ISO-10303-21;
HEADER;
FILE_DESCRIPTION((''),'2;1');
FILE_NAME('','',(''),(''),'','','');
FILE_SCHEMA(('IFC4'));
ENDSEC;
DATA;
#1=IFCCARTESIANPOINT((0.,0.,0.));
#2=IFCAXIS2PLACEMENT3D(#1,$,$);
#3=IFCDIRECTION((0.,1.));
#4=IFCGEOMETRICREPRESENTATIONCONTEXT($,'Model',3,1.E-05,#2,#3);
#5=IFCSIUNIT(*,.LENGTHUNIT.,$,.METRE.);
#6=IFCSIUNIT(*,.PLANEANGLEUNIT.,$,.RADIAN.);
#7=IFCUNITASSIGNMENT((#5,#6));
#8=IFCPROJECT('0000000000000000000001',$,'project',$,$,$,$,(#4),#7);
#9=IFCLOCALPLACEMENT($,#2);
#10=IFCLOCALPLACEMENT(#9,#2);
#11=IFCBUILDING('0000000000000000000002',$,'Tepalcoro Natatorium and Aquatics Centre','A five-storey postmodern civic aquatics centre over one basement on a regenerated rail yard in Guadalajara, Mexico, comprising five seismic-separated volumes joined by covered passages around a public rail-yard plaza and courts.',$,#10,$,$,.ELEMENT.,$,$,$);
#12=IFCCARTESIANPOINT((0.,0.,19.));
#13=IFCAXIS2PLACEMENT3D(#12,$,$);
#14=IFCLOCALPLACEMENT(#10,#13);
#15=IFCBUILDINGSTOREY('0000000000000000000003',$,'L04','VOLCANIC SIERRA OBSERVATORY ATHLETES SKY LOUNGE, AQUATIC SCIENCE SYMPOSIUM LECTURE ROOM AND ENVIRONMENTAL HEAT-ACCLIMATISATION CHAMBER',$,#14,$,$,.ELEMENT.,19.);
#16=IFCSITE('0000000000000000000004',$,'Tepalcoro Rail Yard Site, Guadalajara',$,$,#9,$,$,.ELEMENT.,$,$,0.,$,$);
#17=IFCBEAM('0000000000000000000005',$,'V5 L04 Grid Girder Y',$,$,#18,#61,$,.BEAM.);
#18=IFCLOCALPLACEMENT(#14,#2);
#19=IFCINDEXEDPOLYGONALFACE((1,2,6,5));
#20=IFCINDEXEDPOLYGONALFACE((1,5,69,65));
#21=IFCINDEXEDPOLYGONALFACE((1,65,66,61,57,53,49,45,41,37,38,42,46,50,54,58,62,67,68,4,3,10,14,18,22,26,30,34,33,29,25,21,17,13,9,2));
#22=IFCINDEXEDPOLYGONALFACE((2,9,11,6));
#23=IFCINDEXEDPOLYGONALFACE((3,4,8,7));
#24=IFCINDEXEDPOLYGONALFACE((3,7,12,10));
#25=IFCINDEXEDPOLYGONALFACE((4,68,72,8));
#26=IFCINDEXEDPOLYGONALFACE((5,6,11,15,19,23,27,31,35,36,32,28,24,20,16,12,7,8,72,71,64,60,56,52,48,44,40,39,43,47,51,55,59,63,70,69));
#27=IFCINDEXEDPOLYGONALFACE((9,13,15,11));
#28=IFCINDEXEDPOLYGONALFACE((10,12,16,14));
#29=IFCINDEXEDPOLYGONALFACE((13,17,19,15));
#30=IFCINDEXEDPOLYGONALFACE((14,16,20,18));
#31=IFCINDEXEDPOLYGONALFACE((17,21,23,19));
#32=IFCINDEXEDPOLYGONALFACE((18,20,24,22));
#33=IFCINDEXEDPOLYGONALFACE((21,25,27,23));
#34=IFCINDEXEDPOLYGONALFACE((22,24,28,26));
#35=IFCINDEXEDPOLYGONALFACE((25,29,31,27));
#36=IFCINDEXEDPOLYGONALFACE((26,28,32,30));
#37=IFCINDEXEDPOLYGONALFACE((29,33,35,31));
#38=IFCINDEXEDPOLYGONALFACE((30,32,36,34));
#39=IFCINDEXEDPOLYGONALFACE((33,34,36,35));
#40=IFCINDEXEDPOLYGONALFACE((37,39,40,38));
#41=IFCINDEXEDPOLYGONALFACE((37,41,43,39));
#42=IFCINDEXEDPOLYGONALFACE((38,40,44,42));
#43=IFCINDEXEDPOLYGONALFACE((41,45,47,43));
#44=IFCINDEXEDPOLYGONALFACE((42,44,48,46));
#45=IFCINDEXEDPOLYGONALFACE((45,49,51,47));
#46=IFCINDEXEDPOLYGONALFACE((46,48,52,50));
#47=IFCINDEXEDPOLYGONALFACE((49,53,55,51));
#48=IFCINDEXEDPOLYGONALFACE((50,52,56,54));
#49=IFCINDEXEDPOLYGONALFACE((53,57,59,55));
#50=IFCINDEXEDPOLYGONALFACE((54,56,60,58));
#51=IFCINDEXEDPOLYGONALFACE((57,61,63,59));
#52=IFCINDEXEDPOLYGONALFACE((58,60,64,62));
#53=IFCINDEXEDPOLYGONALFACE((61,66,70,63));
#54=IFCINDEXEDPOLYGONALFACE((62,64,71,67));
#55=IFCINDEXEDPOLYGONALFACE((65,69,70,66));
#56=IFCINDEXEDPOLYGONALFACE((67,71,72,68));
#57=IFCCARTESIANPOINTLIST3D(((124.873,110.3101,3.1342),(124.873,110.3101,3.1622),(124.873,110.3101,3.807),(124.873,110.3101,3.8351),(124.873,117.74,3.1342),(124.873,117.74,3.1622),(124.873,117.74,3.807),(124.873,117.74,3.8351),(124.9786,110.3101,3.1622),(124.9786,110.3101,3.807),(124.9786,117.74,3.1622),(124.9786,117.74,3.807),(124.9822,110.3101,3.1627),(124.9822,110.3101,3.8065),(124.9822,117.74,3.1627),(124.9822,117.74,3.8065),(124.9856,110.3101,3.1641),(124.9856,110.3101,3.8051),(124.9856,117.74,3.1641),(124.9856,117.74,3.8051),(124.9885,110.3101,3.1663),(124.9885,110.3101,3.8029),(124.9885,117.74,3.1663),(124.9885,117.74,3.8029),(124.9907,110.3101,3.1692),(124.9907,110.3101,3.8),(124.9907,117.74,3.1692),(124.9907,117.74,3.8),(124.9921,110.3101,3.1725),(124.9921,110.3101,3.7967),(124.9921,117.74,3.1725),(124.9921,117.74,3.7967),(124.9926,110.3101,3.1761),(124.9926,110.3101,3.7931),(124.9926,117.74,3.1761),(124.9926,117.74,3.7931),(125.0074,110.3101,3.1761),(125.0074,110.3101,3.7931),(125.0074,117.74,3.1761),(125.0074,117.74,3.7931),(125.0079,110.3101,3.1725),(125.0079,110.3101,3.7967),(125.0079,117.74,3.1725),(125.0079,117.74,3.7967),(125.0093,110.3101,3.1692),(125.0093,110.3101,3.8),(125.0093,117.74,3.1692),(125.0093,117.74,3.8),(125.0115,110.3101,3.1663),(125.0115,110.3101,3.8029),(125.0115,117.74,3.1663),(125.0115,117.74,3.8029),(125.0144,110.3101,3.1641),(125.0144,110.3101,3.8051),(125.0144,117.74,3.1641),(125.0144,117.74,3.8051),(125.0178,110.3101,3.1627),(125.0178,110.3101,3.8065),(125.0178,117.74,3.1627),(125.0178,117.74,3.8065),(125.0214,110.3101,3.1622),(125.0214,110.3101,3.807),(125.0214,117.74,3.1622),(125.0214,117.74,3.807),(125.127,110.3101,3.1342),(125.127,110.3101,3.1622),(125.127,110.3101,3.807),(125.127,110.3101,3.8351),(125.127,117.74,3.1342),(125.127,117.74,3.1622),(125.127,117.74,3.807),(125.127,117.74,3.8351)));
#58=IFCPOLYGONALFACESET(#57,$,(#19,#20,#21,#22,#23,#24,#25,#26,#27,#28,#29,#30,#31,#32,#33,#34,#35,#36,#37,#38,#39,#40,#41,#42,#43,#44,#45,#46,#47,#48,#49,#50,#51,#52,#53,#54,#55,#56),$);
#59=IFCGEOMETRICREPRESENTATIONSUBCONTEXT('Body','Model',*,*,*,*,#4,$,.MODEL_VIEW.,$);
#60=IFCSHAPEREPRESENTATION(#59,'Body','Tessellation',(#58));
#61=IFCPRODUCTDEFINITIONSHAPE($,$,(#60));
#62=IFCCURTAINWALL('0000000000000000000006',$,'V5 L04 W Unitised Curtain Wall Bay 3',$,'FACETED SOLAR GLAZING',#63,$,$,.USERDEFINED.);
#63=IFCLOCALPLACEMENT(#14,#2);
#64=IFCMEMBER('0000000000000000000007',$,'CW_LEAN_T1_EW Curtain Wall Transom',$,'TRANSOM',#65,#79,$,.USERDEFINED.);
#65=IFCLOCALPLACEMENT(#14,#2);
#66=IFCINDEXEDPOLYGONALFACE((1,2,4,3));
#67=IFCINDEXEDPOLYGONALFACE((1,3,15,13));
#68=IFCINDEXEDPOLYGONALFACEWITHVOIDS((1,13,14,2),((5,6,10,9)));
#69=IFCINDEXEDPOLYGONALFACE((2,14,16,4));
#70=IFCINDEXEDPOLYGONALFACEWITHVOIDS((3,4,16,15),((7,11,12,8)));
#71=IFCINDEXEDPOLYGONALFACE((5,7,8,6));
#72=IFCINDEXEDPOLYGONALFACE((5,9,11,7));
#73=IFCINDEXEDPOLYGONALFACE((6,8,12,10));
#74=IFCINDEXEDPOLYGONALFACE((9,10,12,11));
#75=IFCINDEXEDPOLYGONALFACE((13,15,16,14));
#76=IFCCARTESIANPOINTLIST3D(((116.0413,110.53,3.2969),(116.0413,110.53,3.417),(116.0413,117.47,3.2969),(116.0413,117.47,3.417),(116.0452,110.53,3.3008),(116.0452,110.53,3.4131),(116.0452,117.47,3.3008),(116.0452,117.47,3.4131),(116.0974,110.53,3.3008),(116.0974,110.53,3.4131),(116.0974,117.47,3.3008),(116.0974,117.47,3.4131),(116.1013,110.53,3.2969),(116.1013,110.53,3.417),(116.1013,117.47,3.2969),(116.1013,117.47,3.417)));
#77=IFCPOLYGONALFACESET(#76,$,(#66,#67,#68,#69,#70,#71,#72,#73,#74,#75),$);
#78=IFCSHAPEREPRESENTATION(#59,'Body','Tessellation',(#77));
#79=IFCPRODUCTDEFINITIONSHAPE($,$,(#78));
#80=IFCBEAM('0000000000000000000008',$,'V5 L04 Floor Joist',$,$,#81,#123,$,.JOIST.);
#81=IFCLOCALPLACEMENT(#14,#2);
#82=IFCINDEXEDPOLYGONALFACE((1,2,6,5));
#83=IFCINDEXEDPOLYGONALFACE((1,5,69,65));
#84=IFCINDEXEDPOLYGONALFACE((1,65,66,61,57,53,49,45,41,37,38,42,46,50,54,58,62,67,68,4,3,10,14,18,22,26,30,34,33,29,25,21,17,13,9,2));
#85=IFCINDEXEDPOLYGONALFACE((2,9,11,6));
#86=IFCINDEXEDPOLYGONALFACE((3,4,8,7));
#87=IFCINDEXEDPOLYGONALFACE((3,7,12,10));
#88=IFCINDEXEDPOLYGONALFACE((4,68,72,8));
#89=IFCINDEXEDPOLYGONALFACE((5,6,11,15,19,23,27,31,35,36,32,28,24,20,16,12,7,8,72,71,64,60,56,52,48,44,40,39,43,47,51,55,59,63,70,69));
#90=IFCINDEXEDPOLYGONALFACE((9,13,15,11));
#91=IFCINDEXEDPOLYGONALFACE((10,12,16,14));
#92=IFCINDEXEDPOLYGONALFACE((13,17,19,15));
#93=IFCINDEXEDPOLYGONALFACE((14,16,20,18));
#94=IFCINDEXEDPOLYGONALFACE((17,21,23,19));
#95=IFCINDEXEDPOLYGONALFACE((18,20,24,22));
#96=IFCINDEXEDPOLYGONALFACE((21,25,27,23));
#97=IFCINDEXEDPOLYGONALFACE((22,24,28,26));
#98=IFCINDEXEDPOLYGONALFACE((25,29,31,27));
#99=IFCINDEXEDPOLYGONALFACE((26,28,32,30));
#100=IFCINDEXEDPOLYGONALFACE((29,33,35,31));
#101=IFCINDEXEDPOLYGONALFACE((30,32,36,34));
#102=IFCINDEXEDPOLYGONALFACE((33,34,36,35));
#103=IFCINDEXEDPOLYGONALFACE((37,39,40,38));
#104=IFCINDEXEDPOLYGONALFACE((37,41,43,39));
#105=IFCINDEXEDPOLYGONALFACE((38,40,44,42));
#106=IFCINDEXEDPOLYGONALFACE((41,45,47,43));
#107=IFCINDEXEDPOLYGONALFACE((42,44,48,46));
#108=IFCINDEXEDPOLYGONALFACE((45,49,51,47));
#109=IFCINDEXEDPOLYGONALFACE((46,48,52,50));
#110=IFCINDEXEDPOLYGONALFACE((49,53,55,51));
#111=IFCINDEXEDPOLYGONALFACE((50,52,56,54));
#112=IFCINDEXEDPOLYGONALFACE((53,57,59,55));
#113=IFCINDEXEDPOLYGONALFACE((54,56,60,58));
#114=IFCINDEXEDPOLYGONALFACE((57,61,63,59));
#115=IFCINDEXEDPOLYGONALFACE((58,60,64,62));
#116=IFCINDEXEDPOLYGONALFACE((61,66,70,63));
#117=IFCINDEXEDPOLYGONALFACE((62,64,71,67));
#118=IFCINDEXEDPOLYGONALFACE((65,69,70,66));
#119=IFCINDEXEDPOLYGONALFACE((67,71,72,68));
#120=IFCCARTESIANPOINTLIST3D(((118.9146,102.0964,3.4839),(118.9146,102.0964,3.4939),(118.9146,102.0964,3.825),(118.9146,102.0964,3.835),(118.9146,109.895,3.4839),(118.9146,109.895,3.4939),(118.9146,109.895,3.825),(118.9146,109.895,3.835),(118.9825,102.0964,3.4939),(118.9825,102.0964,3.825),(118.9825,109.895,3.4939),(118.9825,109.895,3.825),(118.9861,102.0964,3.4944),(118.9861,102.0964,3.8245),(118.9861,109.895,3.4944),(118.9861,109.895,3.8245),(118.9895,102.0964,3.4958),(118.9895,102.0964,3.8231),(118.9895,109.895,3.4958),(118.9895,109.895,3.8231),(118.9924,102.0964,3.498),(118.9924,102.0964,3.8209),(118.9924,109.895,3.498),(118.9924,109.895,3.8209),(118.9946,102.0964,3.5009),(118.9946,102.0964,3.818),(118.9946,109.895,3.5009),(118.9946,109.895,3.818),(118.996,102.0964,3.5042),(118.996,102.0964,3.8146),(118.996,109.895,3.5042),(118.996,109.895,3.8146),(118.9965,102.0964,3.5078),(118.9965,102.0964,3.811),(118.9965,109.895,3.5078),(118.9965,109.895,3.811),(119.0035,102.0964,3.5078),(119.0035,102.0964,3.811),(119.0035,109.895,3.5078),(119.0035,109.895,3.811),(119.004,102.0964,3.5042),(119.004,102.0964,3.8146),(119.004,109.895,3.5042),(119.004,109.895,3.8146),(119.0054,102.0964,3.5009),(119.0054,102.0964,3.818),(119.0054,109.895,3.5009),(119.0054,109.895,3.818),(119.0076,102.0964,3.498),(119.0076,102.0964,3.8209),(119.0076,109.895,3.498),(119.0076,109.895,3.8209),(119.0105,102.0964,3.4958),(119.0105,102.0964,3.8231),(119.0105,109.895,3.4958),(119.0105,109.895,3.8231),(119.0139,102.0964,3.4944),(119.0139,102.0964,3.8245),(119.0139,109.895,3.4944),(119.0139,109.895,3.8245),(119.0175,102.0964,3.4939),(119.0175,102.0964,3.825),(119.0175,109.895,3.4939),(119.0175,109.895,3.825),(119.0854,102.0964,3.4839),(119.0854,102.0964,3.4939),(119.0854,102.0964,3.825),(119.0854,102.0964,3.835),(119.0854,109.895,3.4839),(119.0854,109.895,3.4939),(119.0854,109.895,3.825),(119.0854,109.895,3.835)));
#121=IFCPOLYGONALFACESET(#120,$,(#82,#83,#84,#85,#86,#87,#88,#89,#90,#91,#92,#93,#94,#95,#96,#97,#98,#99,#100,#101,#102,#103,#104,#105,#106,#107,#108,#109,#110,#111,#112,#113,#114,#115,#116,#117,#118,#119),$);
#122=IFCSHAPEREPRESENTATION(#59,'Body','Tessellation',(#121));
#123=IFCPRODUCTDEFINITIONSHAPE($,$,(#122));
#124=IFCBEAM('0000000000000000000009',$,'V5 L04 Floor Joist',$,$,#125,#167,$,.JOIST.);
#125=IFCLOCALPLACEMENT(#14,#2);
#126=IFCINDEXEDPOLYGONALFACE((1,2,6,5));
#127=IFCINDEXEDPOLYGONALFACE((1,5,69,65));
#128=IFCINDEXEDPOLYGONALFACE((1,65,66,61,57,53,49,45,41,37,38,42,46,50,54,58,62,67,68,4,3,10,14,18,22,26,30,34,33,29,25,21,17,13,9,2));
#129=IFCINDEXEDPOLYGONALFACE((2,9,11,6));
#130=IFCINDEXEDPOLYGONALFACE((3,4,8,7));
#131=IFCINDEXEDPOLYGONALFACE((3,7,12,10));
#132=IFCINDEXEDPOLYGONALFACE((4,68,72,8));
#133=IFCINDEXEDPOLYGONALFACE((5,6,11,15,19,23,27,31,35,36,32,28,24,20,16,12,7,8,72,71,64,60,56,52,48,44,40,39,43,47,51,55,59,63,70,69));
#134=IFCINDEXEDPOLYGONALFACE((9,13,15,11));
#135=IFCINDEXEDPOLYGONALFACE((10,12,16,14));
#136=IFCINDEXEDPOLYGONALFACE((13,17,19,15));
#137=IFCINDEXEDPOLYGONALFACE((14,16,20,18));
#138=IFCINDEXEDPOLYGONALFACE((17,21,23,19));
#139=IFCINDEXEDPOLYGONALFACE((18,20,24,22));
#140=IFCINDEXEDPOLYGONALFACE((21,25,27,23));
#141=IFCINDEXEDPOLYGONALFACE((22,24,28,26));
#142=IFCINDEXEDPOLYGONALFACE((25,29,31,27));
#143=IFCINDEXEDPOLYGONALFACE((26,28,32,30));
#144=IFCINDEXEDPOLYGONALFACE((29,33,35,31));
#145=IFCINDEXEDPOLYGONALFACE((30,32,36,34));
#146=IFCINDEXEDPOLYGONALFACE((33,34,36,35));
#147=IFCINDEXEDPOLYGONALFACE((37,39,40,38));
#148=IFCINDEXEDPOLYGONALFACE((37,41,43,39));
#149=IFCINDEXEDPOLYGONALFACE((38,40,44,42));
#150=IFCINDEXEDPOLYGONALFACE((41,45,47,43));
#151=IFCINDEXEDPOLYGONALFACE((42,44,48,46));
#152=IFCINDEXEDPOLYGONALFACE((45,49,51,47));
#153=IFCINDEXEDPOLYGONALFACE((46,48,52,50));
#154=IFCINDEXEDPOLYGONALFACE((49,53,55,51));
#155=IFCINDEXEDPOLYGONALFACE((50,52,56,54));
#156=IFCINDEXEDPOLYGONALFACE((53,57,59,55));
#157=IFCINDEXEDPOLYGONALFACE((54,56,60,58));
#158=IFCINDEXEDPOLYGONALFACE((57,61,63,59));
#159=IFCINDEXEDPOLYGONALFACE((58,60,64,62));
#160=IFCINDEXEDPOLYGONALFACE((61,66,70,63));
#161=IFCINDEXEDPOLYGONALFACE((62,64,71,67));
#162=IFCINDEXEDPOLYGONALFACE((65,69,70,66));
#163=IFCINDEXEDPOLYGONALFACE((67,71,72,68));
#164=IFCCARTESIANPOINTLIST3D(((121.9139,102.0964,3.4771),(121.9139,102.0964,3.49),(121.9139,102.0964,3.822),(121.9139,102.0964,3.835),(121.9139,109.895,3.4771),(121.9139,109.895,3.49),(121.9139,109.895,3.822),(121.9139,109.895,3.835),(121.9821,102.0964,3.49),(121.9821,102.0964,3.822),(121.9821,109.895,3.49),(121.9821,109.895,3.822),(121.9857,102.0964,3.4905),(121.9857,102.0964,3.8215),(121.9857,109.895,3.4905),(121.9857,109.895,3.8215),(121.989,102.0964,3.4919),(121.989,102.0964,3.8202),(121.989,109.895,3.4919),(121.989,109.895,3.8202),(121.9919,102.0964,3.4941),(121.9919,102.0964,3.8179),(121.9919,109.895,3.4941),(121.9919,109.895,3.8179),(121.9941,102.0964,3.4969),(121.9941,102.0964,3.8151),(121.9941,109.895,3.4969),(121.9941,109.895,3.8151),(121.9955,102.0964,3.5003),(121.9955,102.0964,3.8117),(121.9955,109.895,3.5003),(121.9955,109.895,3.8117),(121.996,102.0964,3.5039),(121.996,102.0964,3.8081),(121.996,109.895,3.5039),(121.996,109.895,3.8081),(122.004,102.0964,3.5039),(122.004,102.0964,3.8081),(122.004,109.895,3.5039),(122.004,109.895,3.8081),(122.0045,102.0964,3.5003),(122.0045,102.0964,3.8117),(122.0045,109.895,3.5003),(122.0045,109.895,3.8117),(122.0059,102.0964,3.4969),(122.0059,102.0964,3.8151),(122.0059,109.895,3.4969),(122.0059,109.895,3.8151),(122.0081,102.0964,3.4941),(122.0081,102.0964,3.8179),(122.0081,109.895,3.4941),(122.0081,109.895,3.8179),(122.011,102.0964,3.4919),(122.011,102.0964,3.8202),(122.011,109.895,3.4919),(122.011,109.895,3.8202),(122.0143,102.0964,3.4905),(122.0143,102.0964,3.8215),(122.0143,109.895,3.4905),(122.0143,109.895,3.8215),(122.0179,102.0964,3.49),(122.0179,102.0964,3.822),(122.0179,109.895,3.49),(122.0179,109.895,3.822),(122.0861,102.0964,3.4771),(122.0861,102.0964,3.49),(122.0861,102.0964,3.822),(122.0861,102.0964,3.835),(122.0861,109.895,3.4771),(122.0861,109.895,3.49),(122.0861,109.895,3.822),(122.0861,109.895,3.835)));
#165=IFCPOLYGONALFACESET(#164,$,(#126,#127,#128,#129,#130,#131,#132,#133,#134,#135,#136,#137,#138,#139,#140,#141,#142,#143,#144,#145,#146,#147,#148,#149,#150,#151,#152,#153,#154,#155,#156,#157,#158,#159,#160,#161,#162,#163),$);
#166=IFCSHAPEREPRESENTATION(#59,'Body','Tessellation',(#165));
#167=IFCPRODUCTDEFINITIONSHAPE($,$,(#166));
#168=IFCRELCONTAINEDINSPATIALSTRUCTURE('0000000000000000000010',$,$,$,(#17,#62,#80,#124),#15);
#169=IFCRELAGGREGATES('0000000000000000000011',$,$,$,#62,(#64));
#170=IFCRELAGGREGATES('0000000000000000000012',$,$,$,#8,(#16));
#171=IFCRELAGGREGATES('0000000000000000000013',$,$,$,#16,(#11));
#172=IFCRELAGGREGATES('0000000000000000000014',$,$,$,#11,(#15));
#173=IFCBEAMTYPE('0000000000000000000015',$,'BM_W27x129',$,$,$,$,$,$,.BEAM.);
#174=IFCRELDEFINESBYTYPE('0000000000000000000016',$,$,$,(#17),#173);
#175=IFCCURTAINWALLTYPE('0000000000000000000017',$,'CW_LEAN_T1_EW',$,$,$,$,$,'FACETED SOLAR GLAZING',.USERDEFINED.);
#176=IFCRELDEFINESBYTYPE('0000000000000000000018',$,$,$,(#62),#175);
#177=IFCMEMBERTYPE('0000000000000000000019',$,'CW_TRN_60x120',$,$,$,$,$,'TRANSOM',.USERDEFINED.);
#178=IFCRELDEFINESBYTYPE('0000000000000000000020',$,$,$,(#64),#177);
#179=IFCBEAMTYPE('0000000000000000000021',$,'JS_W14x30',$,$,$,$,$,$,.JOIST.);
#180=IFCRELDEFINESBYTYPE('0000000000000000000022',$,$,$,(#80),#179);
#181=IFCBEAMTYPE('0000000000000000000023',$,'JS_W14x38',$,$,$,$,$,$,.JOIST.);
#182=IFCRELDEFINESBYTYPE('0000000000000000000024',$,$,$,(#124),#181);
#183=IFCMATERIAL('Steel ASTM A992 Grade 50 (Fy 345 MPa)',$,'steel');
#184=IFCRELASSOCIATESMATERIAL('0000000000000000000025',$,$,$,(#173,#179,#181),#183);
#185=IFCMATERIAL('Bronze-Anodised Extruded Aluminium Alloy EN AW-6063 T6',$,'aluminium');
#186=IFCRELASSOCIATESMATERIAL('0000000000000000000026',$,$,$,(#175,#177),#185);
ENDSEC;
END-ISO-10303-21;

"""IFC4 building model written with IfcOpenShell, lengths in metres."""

from ifc_helpers import new_model, si_unit, direction, frame, origin, origin_2d, place, context, subcontext, project, spatial, hollow_rectangle, i_section, extrude, material, material_profile, profile_set, type_object, element, aggregate, save


model = new_model("IFC4")

# Units and contexts
model_context = context("Model", 3, precision=1e-05, world=origin(), true_north=direction((0.0, 1.0)))
body_context = subcontext(model_context, "Body", "Model", "MODEL_VIEW")
ifc_project = project(units=[si_unit("LENGTHUNIT", "METRE"), si_unit("PLANEANGLEUNIT", "RADIAN")], contexts=[model_context])

# Site, building, storey
site_placement = place(None, origin())
site = spatial("IfcSite", under=ifc_project, at=site_placement, Name="Tepalcoro Rail Yard Site, Guadalajara", CompositionType="ELEMENT", RefElevation=0.0)
building_placement = place(site_placement, origin())
building = spatial("IfcBuilding", under=site, at=building_placement, Name="Tepalcoro Natatorium and Aquatics Centre", Description="A five-storey postmodern civic aquatics centre over one basement on a regenerated rail yard in Guadalajara, Mexico, comprising five seismic-separated volumes joined by covered passages around a public rail-yard plaza and courts.", CompositionType="ELEMENT")
storey_placement = place(building_placement, frame((0.0, 0.0, 19.0)))
storey = spatial("IfcBuildingStorey", under=building, at=storey_placement, Name="L04", Description="VOLCANIC SIERRA OBSERVATORY ATHLETES SKY LOUNGE, AQUATIC SCIENCE SYMPOSIUM LECTURE ROOM AND ENVIRONMENTAL HEAT-ACCLIMATISATION CHAMBER", CompositionType="ELEMENT", Elevation=19.0)

# Beam
ifc_material_1 = material(Name="Steel ASTM A992 Grade 50 (Fy 345 MPa)", Category="steel")
ifc_material_profile_1 = material_profile(ifc_material_1, i_section(OverallWidth=0.2539, OverallDepth=0.7009, WebThickness=0.0149, FlangeThickness=0.0281, FilletRadius=0.0139, at=origin_2d()), Name="W27X129")
ifc_profile_set_1 = profile_set([ifc_material_profile_1], Name="Steel ASTM A992 Grade 50 (Fy 345 MPa)")
beam_type_1 = type_object("IfcBeamType", Name="BM_W27x129", PredefinedType="BEAM", material=ifc_profile_set_1)
beam_1_placement = place(storey_placement, frame((125.0, 110.3101, 3.4846), z_axis=(0.0, 1.0, 0.0), x_axis=(-1.0, 0.0, 0.0)))
element("IfcBeam", 1, at=beam_1_placement, inside=storey, type_object=beam_type_1, Name="V5 L04 Grid Girder Y", PredefinedType="BEAM", context=body_context, shape_type="SweptSolid", body=[
    extrude(i_section(OverallWidth=0.2539, OverallDepth=0.7009, WebThickness=0.0149, FlangeThickness=0.0281, FilletRadius=0.0139, at=origin_2d()), origin(), (0.0, 0.0, 1.0), 7.4299),
])

# Curtain wall, member
ifc_material_2 = material(Name="Bronze-Anodised Extruded Aluminium Alloy EN AW-6063 T6", Category="aluminium")
curtain_wall_type = type_object("IfcCurtainWallType", Name="CW_LEAN_T1_EW", ElementType="FACETED SOLAR GLAZING", PredefinedType="USERDEFINED", material=ifc_material_2)
curtain_wall_placement = place(storey_placement, origin())
curtain_wall = element("IfcCurtainWall", 2, at=curtain_wall_placement, inside=storey, type_object=curtain_wall_type, Name="V5 L04 W Unitised Curtain Wall Bay 3", ObjectType="FACETED SOLAR GLAZING", PredefinedType="USERDEFINED")
ifc_material_profile_2 = material_profile(ifc_material_2, hollow_rectangle(XDim=0.0601, YDim=0.1201, WallThickness=0.0039, at=origin_2d()), Name="AL60X120X4")
ifc_profile_set_2 = profile_set([ifc_material_profile_2], Name="Bronze-Anodised Extruded Aluminium Alloy EN AW-6063 T6")
member_type = type_object("IfcMemberType", Name="CW_TRN_60x120", ElementType="TRANSOM", PredefinedType="USERDEFINED", material=ifc_profile_set_2)
member_placement = place(storey_placement, frame((116.0713, 110.53, 3.3569), z_axis=(0.0, 1.0, 0.0), x_axis=(-1.0, 0.0, 0.0)))
member = element("IfcMember", 3, at=member_placement, type_object=member_type, Name="CW_LEAN_T1_EW Curtain Wall Transom", ObjectType="TRANSOM", PredefinedType="USERDEFINED", context=body_context, shape_type="SweptSolid", body=[
    extrude(hollow_rectangle(XDim=0.0601, YDim=0.1201, WallThickness=0.0039, at=origin_2d()), origin(), (0.0, 0.0, 1.0), 6.9399),
])

# Beams
ifc_material_profile_3 = material_profile(ifc_material_1, i_section(OverallWidth=0.1709, OverallDepth=0.3511, WebThickness=0.0071, FlangeThickness=0.01, FilletRadius=0.0139, at=origin_2d()), Name="W14X30")
ifc_profile_set_3 = profile_set([ifc_material_profile_3], Name="Steel ASTM A992 Grade 50 (Fy 345 MPa)")
beam_type_2 = type_object("IfcBeamType", Name="JS_W14x30", PredefinedType="JOIST", material=ifc_profile_set_3)
beam_2_placement = place(storey_placement, frame((119.0, 102.0964, 3.6594), z_axis=(0.0, 1.0, 0.0), x_axis=(-1.0, 0.0, 0.0)))
element("IfcBeam", 4, at=beam_2_placement, inside=storey, type_object=beam_type_2, Name="V5 L04 Floor Joist", PredefinedType="JOIST", context=body_context, shape_type="SweptSolid", body=[
    extrude(i_section(OverallWidth=0.1709, OverallDepth=0.3511, WebThickness=0.0071, FlangeThickness=0.01, FilletRadius=0.0139, at=origin_2d()), origin(), (0.0, 0.0, 1.0), 7.7986),
])
ifc_material_profile_4 = material_profile(ifc_material_1, i_section(OverallWidth=0.1721, OverallDepth=0.3579, WebThickness=0.0081, FlangeThickness=0.0129, FilletRadius=0.0139, at=origin_2d()), Name="W14X38")
ifc_profile_set_4 = profile_set([ifc_material_profile_4], Name="Steel ASTM A992 Grade 50 (Fy 345 MPa)")
beam_type_3 = type_object("IfcBeamType", Name="JS_W14x38", PredefinedType="JOIST", material=ifc_profile_set_4)
beam_3_placement = place(storey_placement, frame((122.0, 102.0964, 3.656), z_axis=(0.0, 1.0, 0.0), x_axis=(-1.0, 0.0, 0.0)))
element("IfcBeam", 5, at=beam_3_placement, inside=storey, type_object=beam_type_3, Name="V5 L04 Floor Joist", PredefinedType="JOIST", context=body_context, shape_type="SweptSolid", body=[
    extrude(i_section(OverallWidth=0.1721, OverallDepth=0.3579, WebThickness=0.0081, FlangeThickness=0.0129, FilletRadius=0.0139, at=origin_2d()), origin(), (0.0, 0.0, 1.0), 7.7986),
])

aggregate(curtain_wall, [member])

save(model, "model.ifc")
